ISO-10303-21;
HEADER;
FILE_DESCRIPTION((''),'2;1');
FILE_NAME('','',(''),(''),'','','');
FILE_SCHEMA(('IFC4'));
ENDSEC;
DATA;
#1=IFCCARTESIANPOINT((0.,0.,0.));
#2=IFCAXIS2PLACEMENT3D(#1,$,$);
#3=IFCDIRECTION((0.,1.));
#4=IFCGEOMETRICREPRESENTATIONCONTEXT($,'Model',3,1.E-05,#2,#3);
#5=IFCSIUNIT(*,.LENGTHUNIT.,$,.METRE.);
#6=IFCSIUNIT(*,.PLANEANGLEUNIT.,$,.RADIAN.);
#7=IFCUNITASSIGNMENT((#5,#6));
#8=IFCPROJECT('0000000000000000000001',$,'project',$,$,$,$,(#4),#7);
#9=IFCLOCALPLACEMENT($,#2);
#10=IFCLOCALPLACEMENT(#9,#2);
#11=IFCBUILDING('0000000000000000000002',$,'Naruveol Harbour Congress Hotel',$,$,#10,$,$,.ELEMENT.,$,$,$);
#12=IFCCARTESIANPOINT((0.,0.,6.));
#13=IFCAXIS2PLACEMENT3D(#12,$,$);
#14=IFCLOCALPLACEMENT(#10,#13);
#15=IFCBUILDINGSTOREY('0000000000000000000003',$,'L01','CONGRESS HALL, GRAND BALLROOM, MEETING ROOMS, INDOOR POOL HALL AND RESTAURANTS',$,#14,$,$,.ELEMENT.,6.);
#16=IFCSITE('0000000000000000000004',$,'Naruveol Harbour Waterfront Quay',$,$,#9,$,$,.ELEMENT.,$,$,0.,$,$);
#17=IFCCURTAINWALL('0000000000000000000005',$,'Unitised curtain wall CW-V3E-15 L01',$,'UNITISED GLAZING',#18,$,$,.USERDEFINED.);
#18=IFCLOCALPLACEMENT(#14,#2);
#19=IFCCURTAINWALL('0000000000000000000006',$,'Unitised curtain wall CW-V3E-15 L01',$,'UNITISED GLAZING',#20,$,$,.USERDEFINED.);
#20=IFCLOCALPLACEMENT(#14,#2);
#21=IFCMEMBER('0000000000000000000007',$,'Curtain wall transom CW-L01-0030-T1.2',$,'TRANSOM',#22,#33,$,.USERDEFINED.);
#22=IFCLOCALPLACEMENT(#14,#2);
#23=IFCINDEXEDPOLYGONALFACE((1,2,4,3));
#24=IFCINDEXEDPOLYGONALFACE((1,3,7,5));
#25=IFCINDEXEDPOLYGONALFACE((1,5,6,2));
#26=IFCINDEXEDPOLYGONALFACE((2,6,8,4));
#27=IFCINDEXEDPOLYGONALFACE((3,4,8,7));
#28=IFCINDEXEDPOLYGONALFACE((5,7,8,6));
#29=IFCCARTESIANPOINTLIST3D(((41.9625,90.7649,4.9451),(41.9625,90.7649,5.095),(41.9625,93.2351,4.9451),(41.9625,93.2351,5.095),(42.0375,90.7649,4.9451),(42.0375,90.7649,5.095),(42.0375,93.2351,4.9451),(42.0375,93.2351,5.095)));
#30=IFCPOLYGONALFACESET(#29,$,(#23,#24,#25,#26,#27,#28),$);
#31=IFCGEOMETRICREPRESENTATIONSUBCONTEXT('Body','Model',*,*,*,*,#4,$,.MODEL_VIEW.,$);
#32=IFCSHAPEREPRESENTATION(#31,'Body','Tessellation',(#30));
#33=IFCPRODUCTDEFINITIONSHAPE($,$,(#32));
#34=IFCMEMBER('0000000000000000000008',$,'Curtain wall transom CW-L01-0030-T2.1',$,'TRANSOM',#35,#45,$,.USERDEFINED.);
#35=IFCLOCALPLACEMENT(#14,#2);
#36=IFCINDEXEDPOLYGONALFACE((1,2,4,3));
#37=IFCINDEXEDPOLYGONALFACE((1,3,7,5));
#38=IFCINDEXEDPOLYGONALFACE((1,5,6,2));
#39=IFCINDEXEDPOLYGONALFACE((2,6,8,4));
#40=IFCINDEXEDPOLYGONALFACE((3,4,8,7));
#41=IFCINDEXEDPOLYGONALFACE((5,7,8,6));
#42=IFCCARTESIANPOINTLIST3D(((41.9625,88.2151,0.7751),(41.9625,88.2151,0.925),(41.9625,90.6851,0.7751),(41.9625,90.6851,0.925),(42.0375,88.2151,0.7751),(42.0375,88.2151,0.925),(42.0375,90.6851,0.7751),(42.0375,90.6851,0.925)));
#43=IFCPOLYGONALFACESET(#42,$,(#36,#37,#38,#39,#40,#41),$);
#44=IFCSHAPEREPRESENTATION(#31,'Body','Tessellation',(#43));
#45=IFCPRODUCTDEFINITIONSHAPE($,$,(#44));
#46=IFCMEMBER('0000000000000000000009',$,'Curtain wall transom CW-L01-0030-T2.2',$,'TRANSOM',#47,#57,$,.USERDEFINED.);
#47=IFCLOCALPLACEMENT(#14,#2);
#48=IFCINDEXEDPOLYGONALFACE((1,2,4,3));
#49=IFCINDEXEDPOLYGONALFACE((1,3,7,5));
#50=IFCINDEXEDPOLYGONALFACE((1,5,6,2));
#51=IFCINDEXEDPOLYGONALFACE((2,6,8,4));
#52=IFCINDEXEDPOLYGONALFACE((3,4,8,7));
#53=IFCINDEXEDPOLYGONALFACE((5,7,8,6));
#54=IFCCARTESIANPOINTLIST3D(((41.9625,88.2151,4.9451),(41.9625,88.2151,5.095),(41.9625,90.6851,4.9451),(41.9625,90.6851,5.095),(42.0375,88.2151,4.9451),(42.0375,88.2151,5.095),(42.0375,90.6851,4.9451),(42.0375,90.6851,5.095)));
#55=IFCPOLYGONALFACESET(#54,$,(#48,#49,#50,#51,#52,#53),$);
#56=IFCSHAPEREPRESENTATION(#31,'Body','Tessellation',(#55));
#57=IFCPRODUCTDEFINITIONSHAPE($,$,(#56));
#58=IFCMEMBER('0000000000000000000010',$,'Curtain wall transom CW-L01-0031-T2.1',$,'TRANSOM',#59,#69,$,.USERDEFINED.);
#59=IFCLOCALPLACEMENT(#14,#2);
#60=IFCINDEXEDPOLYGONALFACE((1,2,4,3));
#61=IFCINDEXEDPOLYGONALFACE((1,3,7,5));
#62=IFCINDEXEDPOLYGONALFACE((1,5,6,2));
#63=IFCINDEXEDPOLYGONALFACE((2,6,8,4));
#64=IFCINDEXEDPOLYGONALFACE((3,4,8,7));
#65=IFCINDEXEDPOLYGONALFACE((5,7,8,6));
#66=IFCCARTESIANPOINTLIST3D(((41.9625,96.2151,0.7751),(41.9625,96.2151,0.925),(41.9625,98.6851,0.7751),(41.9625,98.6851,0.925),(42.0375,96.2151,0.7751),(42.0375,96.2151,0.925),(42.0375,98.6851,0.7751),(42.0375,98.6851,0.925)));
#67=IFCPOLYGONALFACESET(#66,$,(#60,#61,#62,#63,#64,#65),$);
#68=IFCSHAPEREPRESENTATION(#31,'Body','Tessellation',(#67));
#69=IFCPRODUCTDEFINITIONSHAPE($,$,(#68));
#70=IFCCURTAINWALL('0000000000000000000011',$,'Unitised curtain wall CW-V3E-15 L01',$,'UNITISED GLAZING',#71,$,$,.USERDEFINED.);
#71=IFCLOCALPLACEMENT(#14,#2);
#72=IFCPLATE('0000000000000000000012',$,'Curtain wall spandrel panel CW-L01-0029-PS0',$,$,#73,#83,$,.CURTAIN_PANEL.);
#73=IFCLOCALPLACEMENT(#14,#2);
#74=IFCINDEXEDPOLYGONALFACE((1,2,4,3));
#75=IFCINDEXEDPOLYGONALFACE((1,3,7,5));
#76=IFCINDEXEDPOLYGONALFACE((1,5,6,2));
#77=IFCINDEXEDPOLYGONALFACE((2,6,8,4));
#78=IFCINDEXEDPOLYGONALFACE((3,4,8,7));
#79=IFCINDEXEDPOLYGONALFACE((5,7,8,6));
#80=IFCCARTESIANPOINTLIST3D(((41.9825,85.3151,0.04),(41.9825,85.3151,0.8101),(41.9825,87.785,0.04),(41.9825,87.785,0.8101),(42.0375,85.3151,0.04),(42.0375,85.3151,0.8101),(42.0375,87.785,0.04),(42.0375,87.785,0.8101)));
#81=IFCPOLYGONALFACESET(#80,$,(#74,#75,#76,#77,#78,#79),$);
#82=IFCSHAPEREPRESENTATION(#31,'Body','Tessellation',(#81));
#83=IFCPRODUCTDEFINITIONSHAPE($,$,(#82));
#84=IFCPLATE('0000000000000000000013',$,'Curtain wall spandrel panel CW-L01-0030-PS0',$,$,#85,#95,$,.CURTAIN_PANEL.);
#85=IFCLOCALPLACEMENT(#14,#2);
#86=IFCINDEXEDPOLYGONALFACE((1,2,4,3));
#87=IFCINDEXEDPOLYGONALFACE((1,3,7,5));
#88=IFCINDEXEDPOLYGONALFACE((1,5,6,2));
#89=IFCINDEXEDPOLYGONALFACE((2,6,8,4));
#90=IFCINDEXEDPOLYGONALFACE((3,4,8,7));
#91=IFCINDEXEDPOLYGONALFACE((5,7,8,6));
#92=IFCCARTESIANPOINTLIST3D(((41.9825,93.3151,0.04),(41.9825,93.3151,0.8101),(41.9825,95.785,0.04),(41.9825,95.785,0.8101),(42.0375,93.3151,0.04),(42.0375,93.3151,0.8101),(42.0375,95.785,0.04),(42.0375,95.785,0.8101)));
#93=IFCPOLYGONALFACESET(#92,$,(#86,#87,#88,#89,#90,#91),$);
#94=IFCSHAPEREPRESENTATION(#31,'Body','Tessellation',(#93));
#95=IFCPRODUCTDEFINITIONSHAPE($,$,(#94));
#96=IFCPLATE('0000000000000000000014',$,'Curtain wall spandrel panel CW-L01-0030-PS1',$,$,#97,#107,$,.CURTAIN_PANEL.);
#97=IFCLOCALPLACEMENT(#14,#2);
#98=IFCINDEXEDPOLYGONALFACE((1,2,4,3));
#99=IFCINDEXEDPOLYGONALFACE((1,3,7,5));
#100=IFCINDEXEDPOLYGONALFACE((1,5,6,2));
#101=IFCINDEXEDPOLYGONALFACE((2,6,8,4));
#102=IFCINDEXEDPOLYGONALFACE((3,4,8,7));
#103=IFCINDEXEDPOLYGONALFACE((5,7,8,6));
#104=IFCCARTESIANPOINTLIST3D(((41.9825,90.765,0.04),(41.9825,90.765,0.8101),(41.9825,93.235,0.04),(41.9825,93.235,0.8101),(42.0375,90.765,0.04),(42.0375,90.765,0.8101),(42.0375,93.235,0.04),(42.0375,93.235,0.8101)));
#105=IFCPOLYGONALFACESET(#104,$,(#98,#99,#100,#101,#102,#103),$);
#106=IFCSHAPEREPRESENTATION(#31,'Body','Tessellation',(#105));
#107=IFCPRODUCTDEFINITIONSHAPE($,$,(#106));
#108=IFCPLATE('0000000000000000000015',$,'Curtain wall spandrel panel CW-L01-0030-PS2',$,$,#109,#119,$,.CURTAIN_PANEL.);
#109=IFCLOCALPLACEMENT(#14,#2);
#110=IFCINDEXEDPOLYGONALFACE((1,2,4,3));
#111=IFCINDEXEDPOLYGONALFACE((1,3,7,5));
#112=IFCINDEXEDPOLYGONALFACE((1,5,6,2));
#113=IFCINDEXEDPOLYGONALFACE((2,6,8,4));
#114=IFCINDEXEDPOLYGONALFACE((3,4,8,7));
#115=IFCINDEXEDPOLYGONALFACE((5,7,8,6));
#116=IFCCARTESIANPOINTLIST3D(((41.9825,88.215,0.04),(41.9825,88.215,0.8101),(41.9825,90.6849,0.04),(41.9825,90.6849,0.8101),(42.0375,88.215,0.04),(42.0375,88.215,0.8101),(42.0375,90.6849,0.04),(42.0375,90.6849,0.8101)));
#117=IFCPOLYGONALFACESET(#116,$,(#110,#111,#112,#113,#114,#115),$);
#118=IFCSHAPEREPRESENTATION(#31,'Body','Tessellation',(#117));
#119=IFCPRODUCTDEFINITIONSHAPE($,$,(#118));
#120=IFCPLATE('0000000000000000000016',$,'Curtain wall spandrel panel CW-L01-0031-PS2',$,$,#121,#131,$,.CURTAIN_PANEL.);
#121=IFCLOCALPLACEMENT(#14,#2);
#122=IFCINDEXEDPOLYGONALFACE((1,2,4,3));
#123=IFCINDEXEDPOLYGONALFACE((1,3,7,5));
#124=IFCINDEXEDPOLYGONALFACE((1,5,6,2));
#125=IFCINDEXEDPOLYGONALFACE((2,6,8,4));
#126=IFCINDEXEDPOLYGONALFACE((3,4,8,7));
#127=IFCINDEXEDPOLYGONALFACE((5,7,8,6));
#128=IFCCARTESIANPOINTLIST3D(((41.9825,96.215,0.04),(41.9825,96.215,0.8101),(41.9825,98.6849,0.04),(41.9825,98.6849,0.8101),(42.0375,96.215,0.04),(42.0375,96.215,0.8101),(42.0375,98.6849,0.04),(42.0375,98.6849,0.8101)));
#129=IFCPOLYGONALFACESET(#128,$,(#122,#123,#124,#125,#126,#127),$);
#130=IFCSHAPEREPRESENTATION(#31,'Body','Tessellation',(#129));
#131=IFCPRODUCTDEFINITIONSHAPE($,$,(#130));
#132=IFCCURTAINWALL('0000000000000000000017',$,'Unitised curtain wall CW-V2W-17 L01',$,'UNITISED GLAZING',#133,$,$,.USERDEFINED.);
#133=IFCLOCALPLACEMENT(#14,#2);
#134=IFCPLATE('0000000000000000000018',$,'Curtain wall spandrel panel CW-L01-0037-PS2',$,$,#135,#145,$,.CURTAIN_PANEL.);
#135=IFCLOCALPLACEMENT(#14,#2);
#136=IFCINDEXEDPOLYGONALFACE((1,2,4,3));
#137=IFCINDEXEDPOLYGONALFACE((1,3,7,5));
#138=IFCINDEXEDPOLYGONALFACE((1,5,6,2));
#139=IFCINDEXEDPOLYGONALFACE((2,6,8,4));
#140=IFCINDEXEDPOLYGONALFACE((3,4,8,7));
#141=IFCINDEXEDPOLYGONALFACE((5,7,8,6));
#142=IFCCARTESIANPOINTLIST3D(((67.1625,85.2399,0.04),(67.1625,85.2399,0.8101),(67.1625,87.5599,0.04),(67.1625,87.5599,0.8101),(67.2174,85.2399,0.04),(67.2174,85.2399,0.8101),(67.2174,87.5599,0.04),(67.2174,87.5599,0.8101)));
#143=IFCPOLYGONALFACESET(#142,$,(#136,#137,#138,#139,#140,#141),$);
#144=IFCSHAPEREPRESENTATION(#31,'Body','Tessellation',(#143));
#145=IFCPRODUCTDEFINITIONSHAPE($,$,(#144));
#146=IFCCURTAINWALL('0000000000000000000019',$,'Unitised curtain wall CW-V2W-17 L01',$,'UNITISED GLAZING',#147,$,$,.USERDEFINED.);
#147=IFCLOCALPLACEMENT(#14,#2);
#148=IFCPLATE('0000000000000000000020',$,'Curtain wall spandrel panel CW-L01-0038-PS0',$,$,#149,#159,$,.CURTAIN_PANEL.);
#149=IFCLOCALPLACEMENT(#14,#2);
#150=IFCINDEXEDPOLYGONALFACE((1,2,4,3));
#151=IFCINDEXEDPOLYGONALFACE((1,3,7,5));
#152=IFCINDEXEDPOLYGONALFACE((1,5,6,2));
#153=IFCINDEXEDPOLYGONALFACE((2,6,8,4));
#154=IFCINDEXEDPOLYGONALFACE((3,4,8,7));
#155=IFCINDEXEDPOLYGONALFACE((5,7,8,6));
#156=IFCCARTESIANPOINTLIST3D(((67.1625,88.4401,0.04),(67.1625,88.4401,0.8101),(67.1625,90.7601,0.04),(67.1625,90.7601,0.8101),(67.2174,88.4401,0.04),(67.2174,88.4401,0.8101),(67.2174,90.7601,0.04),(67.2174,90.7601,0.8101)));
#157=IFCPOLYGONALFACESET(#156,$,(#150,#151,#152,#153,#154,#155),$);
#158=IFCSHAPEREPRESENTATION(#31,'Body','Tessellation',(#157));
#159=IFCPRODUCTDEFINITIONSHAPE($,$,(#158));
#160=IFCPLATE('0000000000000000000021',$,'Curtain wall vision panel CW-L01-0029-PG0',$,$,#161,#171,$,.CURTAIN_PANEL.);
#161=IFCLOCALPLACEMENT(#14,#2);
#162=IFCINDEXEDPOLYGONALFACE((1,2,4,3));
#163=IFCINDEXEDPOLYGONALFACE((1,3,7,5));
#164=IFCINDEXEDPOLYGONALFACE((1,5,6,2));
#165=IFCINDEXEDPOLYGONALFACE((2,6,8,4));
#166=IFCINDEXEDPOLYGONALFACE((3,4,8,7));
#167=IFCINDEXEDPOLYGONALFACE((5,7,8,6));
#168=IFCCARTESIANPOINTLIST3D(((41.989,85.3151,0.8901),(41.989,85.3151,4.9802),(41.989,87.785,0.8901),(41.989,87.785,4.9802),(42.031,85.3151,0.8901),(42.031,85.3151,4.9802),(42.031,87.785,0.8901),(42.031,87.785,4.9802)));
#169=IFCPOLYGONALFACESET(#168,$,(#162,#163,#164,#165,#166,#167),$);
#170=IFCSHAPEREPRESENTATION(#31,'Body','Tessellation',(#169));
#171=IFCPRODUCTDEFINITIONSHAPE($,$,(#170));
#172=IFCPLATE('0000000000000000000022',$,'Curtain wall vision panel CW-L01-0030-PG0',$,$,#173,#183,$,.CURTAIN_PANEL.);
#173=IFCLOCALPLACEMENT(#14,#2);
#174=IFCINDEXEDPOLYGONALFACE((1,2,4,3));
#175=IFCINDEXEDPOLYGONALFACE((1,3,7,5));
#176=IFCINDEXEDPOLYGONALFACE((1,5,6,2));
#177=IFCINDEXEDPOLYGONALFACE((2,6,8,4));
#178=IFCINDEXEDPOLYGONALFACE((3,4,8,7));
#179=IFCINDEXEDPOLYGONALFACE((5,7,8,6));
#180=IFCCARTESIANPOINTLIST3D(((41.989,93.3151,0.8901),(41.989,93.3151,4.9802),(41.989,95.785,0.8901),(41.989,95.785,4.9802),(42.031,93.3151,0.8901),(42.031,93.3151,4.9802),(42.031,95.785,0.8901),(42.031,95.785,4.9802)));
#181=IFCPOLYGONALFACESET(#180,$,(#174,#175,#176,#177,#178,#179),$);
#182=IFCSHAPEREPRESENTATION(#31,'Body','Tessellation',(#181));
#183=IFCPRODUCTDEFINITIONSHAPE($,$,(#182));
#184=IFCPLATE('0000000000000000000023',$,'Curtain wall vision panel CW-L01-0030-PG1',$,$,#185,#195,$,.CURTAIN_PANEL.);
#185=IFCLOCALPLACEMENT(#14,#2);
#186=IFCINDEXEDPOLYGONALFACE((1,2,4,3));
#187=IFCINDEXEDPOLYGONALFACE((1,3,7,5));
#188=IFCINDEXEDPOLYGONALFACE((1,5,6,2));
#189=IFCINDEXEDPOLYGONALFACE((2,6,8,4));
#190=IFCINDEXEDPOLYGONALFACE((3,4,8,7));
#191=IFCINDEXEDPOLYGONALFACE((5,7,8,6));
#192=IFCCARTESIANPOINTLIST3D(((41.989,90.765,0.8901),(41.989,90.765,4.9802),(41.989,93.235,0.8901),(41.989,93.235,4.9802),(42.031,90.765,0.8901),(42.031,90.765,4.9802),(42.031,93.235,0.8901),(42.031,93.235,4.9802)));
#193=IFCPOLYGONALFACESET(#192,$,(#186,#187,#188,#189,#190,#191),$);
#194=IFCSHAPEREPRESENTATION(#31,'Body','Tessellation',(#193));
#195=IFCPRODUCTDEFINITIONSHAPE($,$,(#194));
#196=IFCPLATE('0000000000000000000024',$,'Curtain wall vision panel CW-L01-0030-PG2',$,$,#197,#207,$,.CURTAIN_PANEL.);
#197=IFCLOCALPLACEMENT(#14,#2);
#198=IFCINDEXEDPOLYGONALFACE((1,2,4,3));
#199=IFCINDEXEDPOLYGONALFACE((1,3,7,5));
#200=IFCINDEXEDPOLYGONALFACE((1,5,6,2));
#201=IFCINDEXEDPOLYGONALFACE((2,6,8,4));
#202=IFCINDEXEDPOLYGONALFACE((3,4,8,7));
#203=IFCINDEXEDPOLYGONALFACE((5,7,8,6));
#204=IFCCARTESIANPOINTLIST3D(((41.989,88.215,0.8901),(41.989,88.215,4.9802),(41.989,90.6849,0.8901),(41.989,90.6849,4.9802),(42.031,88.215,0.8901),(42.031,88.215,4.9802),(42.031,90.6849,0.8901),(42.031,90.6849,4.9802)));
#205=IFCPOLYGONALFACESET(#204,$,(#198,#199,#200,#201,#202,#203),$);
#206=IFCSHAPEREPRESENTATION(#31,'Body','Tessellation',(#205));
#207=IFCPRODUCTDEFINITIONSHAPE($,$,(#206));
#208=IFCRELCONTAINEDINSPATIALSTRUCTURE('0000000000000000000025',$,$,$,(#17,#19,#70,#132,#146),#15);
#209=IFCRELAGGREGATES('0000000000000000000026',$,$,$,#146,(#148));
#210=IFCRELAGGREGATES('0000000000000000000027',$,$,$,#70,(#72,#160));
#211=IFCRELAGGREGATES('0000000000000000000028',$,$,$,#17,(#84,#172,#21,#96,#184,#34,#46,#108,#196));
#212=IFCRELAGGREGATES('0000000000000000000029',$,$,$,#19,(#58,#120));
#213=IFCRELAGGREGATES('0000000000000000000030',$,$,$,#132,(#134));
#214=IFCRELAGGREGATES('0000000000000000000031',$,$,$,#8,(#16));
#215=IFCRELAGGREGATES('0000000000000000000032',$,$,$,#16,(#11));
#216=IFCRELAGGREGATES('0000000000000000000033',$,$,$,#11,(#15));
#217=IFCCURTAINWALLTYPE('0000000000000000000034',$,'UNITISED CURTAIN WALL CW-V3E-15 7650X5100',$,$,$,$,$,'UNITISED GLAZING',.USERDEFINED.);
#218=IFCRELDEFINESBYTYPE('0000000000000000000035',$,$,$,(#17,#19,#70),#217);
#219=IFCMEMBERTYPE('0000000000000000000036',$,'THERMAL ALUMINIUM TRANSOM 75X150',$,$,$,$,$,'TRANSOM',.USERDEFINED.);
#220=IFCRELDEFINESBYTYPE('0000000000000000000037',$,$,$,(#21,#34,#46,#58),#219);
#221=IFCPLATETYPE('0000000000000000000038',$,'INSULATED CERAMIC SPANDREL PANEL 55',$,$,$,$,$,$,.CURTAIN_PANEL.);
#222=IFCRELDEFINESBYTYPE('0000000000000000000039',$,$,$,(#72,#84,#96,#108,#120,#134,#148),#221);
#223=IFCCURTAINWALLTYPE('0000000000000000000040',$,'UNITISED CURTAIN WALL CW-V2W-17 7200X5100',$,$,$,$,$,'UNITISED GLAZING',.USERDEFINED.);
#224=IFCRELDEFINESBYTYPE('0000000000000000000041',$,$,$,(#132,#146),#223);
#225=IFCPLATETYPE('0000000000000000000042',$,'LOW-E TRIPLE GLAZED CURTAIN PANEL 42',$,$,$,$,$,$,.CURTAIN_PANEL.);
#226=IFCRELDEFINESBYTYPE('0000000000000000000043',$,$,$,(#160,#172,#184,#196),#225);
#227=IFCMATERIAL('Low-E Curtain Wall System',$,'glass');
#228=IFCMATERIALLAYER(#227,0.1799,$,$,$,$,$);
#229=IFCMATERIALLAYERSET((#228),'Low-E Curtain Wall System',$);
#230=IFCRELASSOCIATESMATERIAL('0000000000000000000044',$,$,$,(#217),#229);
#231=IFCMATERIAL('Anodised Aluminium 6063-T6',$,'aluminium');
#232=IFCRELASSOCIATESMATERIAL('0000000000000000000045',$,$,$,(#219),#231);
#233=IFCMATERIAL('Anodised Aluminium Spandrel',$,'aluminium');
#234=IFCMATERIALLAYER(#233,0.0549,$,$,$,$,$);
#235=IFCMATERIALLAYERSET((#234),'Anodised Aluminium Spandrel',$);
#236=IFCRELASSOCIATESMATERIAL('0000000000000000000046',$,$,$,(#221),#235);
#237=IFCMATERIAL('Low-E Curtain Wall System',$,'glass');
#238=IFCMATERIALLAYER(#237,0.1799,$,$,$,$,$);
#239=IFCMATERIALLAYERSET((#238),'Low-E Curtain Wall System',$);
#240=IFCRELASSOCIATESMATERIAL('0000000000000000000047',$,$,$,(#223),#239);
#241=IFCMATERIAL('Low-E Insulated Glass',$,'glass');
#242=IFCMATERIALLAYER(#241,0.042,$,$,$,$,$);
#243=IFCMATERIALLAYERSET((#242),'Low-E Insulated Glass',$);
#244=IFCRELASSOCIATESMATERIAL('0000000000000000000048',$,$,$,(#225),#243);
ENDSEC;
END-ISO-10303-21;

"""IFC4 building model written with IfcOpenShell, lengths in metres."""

from ifc_helpers import new_model, si_unit, direction, frame, origin, origin_2d, place, context, subcontext, project, spatial, rectangle, extrude, material, layer, layer_set, material_profile, profile_set, type_object, element, aggregate, save


model = new_model("IFC4")

# Units and contexts
model_context = context("Model", 3, precision=1e-05, world=origin(), true_north=direction((0.0, 1.0)))
body_context = subcontext(model_context, "Body", "Model", "MODEL_VIEW")
ifc_project = project(units=[si_unit("LENGTHUNIT", "METRE"), si_unit("PLANEANGLEUNIT", "RADIAN")], contexts=[model_context])

# Site, building, storey
site_placement = place(None, origin())
site = spatial("IfcSite", under=ifc_project, at=site_placement, Name="Naruveol Harbour Waterfront Quay", CompositionType="ELEMENT", RefElevation=0.0)
building_placement = place(site_placement, origin())
building = spatial("IfcBuilding", under=site, at=building_placement, Name="Naruveol Harbour Congress Hotel", CompositionType="ELEMENT")
storey_placement = place(building_placement, frame((0.0, 0.0, 6.0)))
storey = spatial("IfcBuildingStorey", under=building, at=storey_placement, Name="L01", Description="CONGRESS HALL, GRAND BALLROOM, MEETING ROOMS, INDOOR POOL HALL AND RESTAURANTS", CompositionType="ELEMENT", Elevation=6.0)

# Curtain wall
ifc_material_1 = material(Name="Low-E Curtain Wall System", Category="glass")
ifc_layer_1 = layer(ifc_material_1, 0.1799)
ifc_layer_set_1 = layer_set([ifc_layer_1], Name="Low-E Curtain Wall System")
curtain_wall_type_1 = type_object("IfcCurtainWallType", Name="UNITISED CURTAIN WALL CW-V3E-15 7650X5100", ElementType="UNITISED GLAZING", PredefinedType="USERDEFINED", material=ifc_layer_set_1)
curtain_wall_1_placement = place(storey_placement, origin())
curtain_wall_1 = element("IfcCurtainWall", 1, at=curtain_wall_1_placement, inside=storey, type_object=curtain_wall_type_1, Name="Unitised curtain wall CW-V3E-15 L01", ObjectType="UNITISED GLAZING", PredefinedType="USERDEFINED")

# Curtain wall
curtain_wall_2_placement = place(storey_placement, origin())
curtain_wall_2 = element("IfcCurtainWall", 2, at=curtain_wall_2_placement, inside=storey, type_object=curtain_wall_type_1, Name="Unitised curtain wall CW-V3E-15 L01", ObjectType="UNITISED GLAZING", PredefinedType="USERDEFINED")

# Members
ifc_material_2 = material(Name="Anodised Aluminium 6063-T6", Category="aluminium")
ifc_material_profile_1 = material_profile(ifc_material_2, rectangle(XDim=0.075, YDim=0.1499, at=origin_2d()), Name="ALU-75x150")
ifc_profile_set_1 = profile_set([ifc_material_profile_1], Name="Anodised Aluminium 6063-T6")
member_type_1 = type_object("IfcMemberType", Name="THERMAL ALUMINIUM TRANSOM 75X150", ElementType="TRANSOM", PredefinedType="USERDEFINED", material=ifc_profile_set_1)
member_1_placement = place(storey_placement, frame((42.0, 93.2351, 5.02), z_axis=(0.0, -1.0, 0.0), x_axis=(1.0, 0.0, 0.0)))
member_1 = element("IfcMember", 3, at=member_1_placement, type_object=member_type_1, Name="Curtain wall transom CW-L01-0030-T1.2", ObjectType="TRANSOM", PredefinedType="USERDEFINED", context=body_context, shape_type="SweptSolid", body=[
    extrude(rectangle(XDim=0.075, YDim=0.1499, at=origin_2d()), origin(), (0.0, 0.0, 1.0), 2.4702),
])
member_2_placement = place(storey_placement, frame((42.0, 90.6851, 0.8501), z_axis=(0.0, -1.0, 0.0), x_axis=(1.0, 0.0, 0.0)))
member_2 = element("IfcMember", 4, at=member_2_placement, type_object=member_type_1, Name="Curtain wall transom CW-L01-0030-T2.1", ObjectType="TRANSOM", PredefinedType="USERDEFINED", context=body_context, shape_type="SweptSolid", body=[
    extrude(rectangle(XDim=0.075, YDim=0.1499, at=origin_2d()), origin(), (0.0, 0.0, 1.0), 2.47),
])
member_3_placement = place(storey_placement, frame((42.0, 90.6851, 5.02), z_axis=(0.0, -1.0, 0.0), x_axis=(1.0, 0.0, 0.0)))
member_3 = element("IfcMember", 5, at=member_3_placement, type_object=member_type_1, Name="Curtain wall transom CW-L01-0030-T2.2", ObjectType="TRANSOM", PredefinedType="USERDEFINED", context=body_context, shape_type="SweptSolid", body=[
    extrude(rectangle(XDim=0.075, YDim=0.1499, at=origin_2d()), origin(), (0.0, 0.0, 1.0), 2.47),
])
member_4_placement = place(storey_placement, frame((42.0, 98.6851, 0.8501), z_axis=(0.0, -1.0, 0.0), x_axis=(1.0, 0.0, 0.0)))
member_4 = element("IfcMember", 6, at=member_4_placement, type_object=member_type_1, Name="Curtain wall transom CW-L01-0031-T2.1", ObjectType="TRANSOM", PredefinedType="USERDEFINED", context=body_context, shape_type="SweptSolid", body=[
    extrude(rectangle(XDim=0.075, YDim=0.1499, at=origin_2d()), origin(), (0.0, 0.0, 1.0), 2.47),
])

# Curtain wall, plate
curtain_wall_3_placement = place(storey_placement, origin())
curtain_wall_3 = element("IfcCurtainWall", 7, at=curtain_wall_3_placement, inside=storey, type_object=curtain_wall_type_1, Name="Unitised curtain wall CW-V3E-15 L01", ObjectType="UNITISED GLAZING", PredefinedType="USERDEFINED")
ifc_material_3 = material(Name="Anodised Aluminium Spandrel", Category="aluminium")
ifc_layer_2 = layer(ifc_material_3, 0.0549)
ifc_layer_set_2 = layer_set([ifc_layer_2], Name="Anodised Aluminium Spandrel")
plate_type_1 = type_object("IfcPlateType", Name="INSULATED CERAMIC SPANDREL PANEL 55", PredefinedType="CURTAIN_PANEL", material=ifc_layer_set_2)
plate_1_placement = place(storey_placement, frame((42.01, 86.55, 0.04), z_axis=(0.0, 0.0, 1.0), x_axis=(0.0, -1.0, 0.0)))
plate_1 = element("IfcPlate", 8, at=plate_1_placement, type_object=plate_type_1, Name="Curtain wall spandrel panel CW-L01-0029-PS0", PredefinedType="CURTAIN_PANEL", context=body_context, shape_type="SweptSolid", body=[
    extrude(rectangle(XDim=2.47, YDim=0.0549, at=origin_2d()), origin(), (0.0, 0.0, 1.0), 0.77),
])

# Plates
plate_2_placement = place(storey_placement, frame((42.01, 94.55, 0.04), z_axis=(0.0, 0.0, 1.0), x_axis=(0.0, -1.0, 0.0)))
plate_2 = element("IfcPlate", 9, at=plate_2_placement, type_object=plate_type_1, Name="Curtain wall spandrel panel CW-L01-0030-PS0", PredefinedType="CURTAIN_PANEL", context=body_context, shape_type="SweptSolid", body=[
    extrude(rectangle(XDim=2.47, YDim=0.0549, at=origin_2d()), origin(), (0.0, 0.0, 1.0), 0.77),
])
plate_3_placement = place(storey_placement, frame((42.01, 92.0, 0.04), z_axis=(0.0, 0.0, 1.0), x_axis=(0.0, -1.0, 0.0)))
plate_3 = element("IfcPlate", 10, at=plate_3_placement, type_object=plate_type_1, Name="Curtain wall spandrel panel CW-L01-0030-PS1", PredefinedType="CURTAIN_PANEL", context=body_context, shape_type="SweptSolid", body=[
    extrude(rectangle(XDim=2.47, YDim=0.0549, at=origin_2d()), origin(), (0.0, 0.0, 1.0), 0.77),
])
plate_4_placement = place(storey_placement, frame((42.01, 89.45, 0.04), z_axis=(0.0, 0.0, 1.0), x_axis=(0.0, -1.0, 0.0)))
plate_4 = element("IfcPlate", 11, at=plate_4_placement, type_object=plate_type_1, Name="Curtain wall spandrel panel CW-L01-0030-PS2", PredefinedType="CURTAIN_PANEL", context=body_context, shape_type="SweptSolid", body=[
    extrude(rectangle(XDim=2.47, YDim=0.0549, at=origin_2d()), origin(), (0.0, 0.0, 1.0), 0.77),
])
plate_5_placement = place(storey_placement, frame((42.01, 97.45, 0.04), z_axis=(0.0, 0.0, 1.0), x_axis=(0.0, -1.0, 0.0)))
plate_5 = element("IfcPlate", 12, at=plate_5_placement, type_object=plate_type_1, Name="Curtain wall spandrel panel CW-L01-0031-PS2", PredefinedType="CURTAIN_PANEL", context=body_context, shape_type="SweptSolid", body=[
    extrude(rectangle(XDim=2.47, YDim=0.0549, at=origin_2d()), origin(), (0.0, 0.0, 1.0), 0.77),
])

# Curtain walls, plates
ifc_material_4 = material(Name="Low-E Curtain Wall System", Category="glass")
ifc_layer_3 = layer(ifc_material_4, 0.1799)
ifc_layer_set_3 = layer_set([ifc_layer_3], Name="Low-E Curtain Wall System")
curtain_wall_type_2 = type_object("IfcCurtainWallType", Name="UNITISED CURTAIN WALL CW-V2W-17 7200X5100", ElementType="UNITISED GLAZING", PredefinedType="USERDEFINED", material=ifc_layer_set_3)
curtain_wall_4_placement = place(storey_placement, origin())
curtain_wall_4 = element("IfcCurtainWall", 13, at=curtain_wall_4_placement, inside=storey, type_object=curtain_wall_type_2, Name="Unitised curtain wall CW-V2W-17 L01", ObjectType="UNITISED GLAZING", PredefinedType="USERDEFINED")
plate_6_placement = place(storey_placement, frame((67.1899, 86.3999, 0.04), z_axis=(0.0, 0.0, 1.0), x_axis=(0.0, 1.0, 0.0)))
plate_6 = element("IfcPlate", 14, at=plate_6_placement, type_object=plate_type_1, Name="Curtain wall spandrel panel CW-L01-0037-PS2", PredefinedType="CURTAIN_PANEL", context=body_context, shape_type="SweptSolid", body=[
    extrude(rectangle(XDim=2.3201, YDim=0.0549, at=origin_2d()), origin(), (0.0, 0.0, 1.0), 0.77),
])
curtain_wall_5_placement = place(storey_placement, origin())
curtain_wall_5 = element("IfcCurtainWall", 15, at=curtain_wall_5_placement, inside=storey, type_object=curtain_wall_type_2, Name="Unitised curtain wall CW-V2W-17 L01", ObjectType="UNITISED GLAZING", PredefinedType="USERDEFINED")
plate_7_placement = place(storey_placement, frame((67.1899, 89.6001, 0.04), z_axis=(0.0, 0.0, 1.0), x_axis=(0.0, 1.0, 0.0)))
plate_7 = element("IfcPlate", 16, at=plate_7_placement, type_object=plate_type_1, Name="Curtain wall spandrel panel CW-L01-0038-PS0", PredefinedType="CURTAIN_PANEL", context=body_context, shape_type="SweptSolid", body=[
    extrude(rectangle(XDim=2.3201, YDim=0.0549, at=origin_2d()), origin(), (0.0, 0.0, 1.0), 0.77),
])
aggregate(curtain_wall_5, [plate_7])

# Plates
ifc_material_5 = material(Name="Low-E Insulated Glass", Category="glass")
ifc_layer_4 = layer(ifc_material_5, 0.042)
ifc_layer_set_4 = layer_set([ifc_layer_4], Name="Low-E Insulated Glass")
plate_type_2 = type_object("IfcPlateType", Name="LOW-E TRIPLE GLAZED CURTAIN PANEL 42", PredefinedType="CURTAIN_PANEL", material=ifc_layer_set_4)
plate_8_placement = place(storey_placement, frame((42.01, 86.55, 0.8901), z_axis=(0.0, 0.0, 1.0), x_axis=(0.0, -1.0, 0.0)))
plate_8 = element("IfcPlate", 17, at=plate_8_placement, type_object=plate_type_2, Name="Curtain wall vision panel CW-L01-0029-PG0", PredefinedType="CURTAIN_PANEL", context=body_context, shape_type="SweptSolid", body=[
    extrude(rectangle(XDim=2.47, YDim=0.042, at=origin_2d()), origin(), (0.0, 0.0, 1.0), 4.0901),
])
aggregate(curtain_wall_3, [plate_1, plate_8])
plate_9_placement = place(storey_placement, frame((42.01, 94.55, 0.8901), z_axis=(0.0, 0.0, 1.0), x_axis=(0.0, -1.0, 0.0)))
plate_9 = element("IfcPlate", 18, at=plate_9_placement, type_object=plate_type_2, Name="Curtain wall vision panel CW-L01-0030-PG0", PredefinedType="CURTAIN_PANEL", context=body_context, shape_type="SweptSolid", body=[
    extrude(rectangle(XDim=2.47, YDim=0.042, at=origin_2d()), origin(), (0.0, 0.0, 1.0), 4.0901),
])
plate_10_placement = place(storey_placement, frame((42.01, 92.0, 0.8901), z_axis=(0.0, 0.0, 1.0), x_axis=(0.0, -1.0, 0.0)))
plate_10 = element("IfcPlate", 19, at=plate_10_placement, type_object=plate_type_2, Name="Curtain wall vision panel CW-L01-0030-PG1", PredefinedType="CURTAIN_PANEL", context=body_context, shape_type="SweptSolid", body=[
    extrude(rectangle(XDim=2.47, YDim=0.042, at=origin_2d()), origin(), (0.0, 0.0, 1.0), 4.0901),
])
plate_11_placement = place(storey_placement, frame((42.01, 89.45, 0.8901), z_axis=(0.0, 0.0, 1.0), x_axis=(0.0, -1.0, 0.0)))
plate_11 = element("IfcPlate", 20, at=plate_11_placement, type_object=plate_type_2, Name="Curtain wall vision panel CW-L01-0030-PG2", PredefinedType="CURTAIN_PANEL", context=body_context, shape_type="SweptSolid", body=[
    extrude(rectangle(XDim=2.47, YDim=0.042, at=origin_2d()), origin(), (0.0, 0.0, 1.0), 4.0901),
])
aggregate(curtain_wall_1, [plate_2, plate_9, member_1, plate_3, plate_10, member_2, member_3, plate_4, plate_11])
aggregate(curtain_wall_2, [member_4, plate_5])
aggregate(curtain_wall_4, [plate_6])

save(model, "model.ifc")
